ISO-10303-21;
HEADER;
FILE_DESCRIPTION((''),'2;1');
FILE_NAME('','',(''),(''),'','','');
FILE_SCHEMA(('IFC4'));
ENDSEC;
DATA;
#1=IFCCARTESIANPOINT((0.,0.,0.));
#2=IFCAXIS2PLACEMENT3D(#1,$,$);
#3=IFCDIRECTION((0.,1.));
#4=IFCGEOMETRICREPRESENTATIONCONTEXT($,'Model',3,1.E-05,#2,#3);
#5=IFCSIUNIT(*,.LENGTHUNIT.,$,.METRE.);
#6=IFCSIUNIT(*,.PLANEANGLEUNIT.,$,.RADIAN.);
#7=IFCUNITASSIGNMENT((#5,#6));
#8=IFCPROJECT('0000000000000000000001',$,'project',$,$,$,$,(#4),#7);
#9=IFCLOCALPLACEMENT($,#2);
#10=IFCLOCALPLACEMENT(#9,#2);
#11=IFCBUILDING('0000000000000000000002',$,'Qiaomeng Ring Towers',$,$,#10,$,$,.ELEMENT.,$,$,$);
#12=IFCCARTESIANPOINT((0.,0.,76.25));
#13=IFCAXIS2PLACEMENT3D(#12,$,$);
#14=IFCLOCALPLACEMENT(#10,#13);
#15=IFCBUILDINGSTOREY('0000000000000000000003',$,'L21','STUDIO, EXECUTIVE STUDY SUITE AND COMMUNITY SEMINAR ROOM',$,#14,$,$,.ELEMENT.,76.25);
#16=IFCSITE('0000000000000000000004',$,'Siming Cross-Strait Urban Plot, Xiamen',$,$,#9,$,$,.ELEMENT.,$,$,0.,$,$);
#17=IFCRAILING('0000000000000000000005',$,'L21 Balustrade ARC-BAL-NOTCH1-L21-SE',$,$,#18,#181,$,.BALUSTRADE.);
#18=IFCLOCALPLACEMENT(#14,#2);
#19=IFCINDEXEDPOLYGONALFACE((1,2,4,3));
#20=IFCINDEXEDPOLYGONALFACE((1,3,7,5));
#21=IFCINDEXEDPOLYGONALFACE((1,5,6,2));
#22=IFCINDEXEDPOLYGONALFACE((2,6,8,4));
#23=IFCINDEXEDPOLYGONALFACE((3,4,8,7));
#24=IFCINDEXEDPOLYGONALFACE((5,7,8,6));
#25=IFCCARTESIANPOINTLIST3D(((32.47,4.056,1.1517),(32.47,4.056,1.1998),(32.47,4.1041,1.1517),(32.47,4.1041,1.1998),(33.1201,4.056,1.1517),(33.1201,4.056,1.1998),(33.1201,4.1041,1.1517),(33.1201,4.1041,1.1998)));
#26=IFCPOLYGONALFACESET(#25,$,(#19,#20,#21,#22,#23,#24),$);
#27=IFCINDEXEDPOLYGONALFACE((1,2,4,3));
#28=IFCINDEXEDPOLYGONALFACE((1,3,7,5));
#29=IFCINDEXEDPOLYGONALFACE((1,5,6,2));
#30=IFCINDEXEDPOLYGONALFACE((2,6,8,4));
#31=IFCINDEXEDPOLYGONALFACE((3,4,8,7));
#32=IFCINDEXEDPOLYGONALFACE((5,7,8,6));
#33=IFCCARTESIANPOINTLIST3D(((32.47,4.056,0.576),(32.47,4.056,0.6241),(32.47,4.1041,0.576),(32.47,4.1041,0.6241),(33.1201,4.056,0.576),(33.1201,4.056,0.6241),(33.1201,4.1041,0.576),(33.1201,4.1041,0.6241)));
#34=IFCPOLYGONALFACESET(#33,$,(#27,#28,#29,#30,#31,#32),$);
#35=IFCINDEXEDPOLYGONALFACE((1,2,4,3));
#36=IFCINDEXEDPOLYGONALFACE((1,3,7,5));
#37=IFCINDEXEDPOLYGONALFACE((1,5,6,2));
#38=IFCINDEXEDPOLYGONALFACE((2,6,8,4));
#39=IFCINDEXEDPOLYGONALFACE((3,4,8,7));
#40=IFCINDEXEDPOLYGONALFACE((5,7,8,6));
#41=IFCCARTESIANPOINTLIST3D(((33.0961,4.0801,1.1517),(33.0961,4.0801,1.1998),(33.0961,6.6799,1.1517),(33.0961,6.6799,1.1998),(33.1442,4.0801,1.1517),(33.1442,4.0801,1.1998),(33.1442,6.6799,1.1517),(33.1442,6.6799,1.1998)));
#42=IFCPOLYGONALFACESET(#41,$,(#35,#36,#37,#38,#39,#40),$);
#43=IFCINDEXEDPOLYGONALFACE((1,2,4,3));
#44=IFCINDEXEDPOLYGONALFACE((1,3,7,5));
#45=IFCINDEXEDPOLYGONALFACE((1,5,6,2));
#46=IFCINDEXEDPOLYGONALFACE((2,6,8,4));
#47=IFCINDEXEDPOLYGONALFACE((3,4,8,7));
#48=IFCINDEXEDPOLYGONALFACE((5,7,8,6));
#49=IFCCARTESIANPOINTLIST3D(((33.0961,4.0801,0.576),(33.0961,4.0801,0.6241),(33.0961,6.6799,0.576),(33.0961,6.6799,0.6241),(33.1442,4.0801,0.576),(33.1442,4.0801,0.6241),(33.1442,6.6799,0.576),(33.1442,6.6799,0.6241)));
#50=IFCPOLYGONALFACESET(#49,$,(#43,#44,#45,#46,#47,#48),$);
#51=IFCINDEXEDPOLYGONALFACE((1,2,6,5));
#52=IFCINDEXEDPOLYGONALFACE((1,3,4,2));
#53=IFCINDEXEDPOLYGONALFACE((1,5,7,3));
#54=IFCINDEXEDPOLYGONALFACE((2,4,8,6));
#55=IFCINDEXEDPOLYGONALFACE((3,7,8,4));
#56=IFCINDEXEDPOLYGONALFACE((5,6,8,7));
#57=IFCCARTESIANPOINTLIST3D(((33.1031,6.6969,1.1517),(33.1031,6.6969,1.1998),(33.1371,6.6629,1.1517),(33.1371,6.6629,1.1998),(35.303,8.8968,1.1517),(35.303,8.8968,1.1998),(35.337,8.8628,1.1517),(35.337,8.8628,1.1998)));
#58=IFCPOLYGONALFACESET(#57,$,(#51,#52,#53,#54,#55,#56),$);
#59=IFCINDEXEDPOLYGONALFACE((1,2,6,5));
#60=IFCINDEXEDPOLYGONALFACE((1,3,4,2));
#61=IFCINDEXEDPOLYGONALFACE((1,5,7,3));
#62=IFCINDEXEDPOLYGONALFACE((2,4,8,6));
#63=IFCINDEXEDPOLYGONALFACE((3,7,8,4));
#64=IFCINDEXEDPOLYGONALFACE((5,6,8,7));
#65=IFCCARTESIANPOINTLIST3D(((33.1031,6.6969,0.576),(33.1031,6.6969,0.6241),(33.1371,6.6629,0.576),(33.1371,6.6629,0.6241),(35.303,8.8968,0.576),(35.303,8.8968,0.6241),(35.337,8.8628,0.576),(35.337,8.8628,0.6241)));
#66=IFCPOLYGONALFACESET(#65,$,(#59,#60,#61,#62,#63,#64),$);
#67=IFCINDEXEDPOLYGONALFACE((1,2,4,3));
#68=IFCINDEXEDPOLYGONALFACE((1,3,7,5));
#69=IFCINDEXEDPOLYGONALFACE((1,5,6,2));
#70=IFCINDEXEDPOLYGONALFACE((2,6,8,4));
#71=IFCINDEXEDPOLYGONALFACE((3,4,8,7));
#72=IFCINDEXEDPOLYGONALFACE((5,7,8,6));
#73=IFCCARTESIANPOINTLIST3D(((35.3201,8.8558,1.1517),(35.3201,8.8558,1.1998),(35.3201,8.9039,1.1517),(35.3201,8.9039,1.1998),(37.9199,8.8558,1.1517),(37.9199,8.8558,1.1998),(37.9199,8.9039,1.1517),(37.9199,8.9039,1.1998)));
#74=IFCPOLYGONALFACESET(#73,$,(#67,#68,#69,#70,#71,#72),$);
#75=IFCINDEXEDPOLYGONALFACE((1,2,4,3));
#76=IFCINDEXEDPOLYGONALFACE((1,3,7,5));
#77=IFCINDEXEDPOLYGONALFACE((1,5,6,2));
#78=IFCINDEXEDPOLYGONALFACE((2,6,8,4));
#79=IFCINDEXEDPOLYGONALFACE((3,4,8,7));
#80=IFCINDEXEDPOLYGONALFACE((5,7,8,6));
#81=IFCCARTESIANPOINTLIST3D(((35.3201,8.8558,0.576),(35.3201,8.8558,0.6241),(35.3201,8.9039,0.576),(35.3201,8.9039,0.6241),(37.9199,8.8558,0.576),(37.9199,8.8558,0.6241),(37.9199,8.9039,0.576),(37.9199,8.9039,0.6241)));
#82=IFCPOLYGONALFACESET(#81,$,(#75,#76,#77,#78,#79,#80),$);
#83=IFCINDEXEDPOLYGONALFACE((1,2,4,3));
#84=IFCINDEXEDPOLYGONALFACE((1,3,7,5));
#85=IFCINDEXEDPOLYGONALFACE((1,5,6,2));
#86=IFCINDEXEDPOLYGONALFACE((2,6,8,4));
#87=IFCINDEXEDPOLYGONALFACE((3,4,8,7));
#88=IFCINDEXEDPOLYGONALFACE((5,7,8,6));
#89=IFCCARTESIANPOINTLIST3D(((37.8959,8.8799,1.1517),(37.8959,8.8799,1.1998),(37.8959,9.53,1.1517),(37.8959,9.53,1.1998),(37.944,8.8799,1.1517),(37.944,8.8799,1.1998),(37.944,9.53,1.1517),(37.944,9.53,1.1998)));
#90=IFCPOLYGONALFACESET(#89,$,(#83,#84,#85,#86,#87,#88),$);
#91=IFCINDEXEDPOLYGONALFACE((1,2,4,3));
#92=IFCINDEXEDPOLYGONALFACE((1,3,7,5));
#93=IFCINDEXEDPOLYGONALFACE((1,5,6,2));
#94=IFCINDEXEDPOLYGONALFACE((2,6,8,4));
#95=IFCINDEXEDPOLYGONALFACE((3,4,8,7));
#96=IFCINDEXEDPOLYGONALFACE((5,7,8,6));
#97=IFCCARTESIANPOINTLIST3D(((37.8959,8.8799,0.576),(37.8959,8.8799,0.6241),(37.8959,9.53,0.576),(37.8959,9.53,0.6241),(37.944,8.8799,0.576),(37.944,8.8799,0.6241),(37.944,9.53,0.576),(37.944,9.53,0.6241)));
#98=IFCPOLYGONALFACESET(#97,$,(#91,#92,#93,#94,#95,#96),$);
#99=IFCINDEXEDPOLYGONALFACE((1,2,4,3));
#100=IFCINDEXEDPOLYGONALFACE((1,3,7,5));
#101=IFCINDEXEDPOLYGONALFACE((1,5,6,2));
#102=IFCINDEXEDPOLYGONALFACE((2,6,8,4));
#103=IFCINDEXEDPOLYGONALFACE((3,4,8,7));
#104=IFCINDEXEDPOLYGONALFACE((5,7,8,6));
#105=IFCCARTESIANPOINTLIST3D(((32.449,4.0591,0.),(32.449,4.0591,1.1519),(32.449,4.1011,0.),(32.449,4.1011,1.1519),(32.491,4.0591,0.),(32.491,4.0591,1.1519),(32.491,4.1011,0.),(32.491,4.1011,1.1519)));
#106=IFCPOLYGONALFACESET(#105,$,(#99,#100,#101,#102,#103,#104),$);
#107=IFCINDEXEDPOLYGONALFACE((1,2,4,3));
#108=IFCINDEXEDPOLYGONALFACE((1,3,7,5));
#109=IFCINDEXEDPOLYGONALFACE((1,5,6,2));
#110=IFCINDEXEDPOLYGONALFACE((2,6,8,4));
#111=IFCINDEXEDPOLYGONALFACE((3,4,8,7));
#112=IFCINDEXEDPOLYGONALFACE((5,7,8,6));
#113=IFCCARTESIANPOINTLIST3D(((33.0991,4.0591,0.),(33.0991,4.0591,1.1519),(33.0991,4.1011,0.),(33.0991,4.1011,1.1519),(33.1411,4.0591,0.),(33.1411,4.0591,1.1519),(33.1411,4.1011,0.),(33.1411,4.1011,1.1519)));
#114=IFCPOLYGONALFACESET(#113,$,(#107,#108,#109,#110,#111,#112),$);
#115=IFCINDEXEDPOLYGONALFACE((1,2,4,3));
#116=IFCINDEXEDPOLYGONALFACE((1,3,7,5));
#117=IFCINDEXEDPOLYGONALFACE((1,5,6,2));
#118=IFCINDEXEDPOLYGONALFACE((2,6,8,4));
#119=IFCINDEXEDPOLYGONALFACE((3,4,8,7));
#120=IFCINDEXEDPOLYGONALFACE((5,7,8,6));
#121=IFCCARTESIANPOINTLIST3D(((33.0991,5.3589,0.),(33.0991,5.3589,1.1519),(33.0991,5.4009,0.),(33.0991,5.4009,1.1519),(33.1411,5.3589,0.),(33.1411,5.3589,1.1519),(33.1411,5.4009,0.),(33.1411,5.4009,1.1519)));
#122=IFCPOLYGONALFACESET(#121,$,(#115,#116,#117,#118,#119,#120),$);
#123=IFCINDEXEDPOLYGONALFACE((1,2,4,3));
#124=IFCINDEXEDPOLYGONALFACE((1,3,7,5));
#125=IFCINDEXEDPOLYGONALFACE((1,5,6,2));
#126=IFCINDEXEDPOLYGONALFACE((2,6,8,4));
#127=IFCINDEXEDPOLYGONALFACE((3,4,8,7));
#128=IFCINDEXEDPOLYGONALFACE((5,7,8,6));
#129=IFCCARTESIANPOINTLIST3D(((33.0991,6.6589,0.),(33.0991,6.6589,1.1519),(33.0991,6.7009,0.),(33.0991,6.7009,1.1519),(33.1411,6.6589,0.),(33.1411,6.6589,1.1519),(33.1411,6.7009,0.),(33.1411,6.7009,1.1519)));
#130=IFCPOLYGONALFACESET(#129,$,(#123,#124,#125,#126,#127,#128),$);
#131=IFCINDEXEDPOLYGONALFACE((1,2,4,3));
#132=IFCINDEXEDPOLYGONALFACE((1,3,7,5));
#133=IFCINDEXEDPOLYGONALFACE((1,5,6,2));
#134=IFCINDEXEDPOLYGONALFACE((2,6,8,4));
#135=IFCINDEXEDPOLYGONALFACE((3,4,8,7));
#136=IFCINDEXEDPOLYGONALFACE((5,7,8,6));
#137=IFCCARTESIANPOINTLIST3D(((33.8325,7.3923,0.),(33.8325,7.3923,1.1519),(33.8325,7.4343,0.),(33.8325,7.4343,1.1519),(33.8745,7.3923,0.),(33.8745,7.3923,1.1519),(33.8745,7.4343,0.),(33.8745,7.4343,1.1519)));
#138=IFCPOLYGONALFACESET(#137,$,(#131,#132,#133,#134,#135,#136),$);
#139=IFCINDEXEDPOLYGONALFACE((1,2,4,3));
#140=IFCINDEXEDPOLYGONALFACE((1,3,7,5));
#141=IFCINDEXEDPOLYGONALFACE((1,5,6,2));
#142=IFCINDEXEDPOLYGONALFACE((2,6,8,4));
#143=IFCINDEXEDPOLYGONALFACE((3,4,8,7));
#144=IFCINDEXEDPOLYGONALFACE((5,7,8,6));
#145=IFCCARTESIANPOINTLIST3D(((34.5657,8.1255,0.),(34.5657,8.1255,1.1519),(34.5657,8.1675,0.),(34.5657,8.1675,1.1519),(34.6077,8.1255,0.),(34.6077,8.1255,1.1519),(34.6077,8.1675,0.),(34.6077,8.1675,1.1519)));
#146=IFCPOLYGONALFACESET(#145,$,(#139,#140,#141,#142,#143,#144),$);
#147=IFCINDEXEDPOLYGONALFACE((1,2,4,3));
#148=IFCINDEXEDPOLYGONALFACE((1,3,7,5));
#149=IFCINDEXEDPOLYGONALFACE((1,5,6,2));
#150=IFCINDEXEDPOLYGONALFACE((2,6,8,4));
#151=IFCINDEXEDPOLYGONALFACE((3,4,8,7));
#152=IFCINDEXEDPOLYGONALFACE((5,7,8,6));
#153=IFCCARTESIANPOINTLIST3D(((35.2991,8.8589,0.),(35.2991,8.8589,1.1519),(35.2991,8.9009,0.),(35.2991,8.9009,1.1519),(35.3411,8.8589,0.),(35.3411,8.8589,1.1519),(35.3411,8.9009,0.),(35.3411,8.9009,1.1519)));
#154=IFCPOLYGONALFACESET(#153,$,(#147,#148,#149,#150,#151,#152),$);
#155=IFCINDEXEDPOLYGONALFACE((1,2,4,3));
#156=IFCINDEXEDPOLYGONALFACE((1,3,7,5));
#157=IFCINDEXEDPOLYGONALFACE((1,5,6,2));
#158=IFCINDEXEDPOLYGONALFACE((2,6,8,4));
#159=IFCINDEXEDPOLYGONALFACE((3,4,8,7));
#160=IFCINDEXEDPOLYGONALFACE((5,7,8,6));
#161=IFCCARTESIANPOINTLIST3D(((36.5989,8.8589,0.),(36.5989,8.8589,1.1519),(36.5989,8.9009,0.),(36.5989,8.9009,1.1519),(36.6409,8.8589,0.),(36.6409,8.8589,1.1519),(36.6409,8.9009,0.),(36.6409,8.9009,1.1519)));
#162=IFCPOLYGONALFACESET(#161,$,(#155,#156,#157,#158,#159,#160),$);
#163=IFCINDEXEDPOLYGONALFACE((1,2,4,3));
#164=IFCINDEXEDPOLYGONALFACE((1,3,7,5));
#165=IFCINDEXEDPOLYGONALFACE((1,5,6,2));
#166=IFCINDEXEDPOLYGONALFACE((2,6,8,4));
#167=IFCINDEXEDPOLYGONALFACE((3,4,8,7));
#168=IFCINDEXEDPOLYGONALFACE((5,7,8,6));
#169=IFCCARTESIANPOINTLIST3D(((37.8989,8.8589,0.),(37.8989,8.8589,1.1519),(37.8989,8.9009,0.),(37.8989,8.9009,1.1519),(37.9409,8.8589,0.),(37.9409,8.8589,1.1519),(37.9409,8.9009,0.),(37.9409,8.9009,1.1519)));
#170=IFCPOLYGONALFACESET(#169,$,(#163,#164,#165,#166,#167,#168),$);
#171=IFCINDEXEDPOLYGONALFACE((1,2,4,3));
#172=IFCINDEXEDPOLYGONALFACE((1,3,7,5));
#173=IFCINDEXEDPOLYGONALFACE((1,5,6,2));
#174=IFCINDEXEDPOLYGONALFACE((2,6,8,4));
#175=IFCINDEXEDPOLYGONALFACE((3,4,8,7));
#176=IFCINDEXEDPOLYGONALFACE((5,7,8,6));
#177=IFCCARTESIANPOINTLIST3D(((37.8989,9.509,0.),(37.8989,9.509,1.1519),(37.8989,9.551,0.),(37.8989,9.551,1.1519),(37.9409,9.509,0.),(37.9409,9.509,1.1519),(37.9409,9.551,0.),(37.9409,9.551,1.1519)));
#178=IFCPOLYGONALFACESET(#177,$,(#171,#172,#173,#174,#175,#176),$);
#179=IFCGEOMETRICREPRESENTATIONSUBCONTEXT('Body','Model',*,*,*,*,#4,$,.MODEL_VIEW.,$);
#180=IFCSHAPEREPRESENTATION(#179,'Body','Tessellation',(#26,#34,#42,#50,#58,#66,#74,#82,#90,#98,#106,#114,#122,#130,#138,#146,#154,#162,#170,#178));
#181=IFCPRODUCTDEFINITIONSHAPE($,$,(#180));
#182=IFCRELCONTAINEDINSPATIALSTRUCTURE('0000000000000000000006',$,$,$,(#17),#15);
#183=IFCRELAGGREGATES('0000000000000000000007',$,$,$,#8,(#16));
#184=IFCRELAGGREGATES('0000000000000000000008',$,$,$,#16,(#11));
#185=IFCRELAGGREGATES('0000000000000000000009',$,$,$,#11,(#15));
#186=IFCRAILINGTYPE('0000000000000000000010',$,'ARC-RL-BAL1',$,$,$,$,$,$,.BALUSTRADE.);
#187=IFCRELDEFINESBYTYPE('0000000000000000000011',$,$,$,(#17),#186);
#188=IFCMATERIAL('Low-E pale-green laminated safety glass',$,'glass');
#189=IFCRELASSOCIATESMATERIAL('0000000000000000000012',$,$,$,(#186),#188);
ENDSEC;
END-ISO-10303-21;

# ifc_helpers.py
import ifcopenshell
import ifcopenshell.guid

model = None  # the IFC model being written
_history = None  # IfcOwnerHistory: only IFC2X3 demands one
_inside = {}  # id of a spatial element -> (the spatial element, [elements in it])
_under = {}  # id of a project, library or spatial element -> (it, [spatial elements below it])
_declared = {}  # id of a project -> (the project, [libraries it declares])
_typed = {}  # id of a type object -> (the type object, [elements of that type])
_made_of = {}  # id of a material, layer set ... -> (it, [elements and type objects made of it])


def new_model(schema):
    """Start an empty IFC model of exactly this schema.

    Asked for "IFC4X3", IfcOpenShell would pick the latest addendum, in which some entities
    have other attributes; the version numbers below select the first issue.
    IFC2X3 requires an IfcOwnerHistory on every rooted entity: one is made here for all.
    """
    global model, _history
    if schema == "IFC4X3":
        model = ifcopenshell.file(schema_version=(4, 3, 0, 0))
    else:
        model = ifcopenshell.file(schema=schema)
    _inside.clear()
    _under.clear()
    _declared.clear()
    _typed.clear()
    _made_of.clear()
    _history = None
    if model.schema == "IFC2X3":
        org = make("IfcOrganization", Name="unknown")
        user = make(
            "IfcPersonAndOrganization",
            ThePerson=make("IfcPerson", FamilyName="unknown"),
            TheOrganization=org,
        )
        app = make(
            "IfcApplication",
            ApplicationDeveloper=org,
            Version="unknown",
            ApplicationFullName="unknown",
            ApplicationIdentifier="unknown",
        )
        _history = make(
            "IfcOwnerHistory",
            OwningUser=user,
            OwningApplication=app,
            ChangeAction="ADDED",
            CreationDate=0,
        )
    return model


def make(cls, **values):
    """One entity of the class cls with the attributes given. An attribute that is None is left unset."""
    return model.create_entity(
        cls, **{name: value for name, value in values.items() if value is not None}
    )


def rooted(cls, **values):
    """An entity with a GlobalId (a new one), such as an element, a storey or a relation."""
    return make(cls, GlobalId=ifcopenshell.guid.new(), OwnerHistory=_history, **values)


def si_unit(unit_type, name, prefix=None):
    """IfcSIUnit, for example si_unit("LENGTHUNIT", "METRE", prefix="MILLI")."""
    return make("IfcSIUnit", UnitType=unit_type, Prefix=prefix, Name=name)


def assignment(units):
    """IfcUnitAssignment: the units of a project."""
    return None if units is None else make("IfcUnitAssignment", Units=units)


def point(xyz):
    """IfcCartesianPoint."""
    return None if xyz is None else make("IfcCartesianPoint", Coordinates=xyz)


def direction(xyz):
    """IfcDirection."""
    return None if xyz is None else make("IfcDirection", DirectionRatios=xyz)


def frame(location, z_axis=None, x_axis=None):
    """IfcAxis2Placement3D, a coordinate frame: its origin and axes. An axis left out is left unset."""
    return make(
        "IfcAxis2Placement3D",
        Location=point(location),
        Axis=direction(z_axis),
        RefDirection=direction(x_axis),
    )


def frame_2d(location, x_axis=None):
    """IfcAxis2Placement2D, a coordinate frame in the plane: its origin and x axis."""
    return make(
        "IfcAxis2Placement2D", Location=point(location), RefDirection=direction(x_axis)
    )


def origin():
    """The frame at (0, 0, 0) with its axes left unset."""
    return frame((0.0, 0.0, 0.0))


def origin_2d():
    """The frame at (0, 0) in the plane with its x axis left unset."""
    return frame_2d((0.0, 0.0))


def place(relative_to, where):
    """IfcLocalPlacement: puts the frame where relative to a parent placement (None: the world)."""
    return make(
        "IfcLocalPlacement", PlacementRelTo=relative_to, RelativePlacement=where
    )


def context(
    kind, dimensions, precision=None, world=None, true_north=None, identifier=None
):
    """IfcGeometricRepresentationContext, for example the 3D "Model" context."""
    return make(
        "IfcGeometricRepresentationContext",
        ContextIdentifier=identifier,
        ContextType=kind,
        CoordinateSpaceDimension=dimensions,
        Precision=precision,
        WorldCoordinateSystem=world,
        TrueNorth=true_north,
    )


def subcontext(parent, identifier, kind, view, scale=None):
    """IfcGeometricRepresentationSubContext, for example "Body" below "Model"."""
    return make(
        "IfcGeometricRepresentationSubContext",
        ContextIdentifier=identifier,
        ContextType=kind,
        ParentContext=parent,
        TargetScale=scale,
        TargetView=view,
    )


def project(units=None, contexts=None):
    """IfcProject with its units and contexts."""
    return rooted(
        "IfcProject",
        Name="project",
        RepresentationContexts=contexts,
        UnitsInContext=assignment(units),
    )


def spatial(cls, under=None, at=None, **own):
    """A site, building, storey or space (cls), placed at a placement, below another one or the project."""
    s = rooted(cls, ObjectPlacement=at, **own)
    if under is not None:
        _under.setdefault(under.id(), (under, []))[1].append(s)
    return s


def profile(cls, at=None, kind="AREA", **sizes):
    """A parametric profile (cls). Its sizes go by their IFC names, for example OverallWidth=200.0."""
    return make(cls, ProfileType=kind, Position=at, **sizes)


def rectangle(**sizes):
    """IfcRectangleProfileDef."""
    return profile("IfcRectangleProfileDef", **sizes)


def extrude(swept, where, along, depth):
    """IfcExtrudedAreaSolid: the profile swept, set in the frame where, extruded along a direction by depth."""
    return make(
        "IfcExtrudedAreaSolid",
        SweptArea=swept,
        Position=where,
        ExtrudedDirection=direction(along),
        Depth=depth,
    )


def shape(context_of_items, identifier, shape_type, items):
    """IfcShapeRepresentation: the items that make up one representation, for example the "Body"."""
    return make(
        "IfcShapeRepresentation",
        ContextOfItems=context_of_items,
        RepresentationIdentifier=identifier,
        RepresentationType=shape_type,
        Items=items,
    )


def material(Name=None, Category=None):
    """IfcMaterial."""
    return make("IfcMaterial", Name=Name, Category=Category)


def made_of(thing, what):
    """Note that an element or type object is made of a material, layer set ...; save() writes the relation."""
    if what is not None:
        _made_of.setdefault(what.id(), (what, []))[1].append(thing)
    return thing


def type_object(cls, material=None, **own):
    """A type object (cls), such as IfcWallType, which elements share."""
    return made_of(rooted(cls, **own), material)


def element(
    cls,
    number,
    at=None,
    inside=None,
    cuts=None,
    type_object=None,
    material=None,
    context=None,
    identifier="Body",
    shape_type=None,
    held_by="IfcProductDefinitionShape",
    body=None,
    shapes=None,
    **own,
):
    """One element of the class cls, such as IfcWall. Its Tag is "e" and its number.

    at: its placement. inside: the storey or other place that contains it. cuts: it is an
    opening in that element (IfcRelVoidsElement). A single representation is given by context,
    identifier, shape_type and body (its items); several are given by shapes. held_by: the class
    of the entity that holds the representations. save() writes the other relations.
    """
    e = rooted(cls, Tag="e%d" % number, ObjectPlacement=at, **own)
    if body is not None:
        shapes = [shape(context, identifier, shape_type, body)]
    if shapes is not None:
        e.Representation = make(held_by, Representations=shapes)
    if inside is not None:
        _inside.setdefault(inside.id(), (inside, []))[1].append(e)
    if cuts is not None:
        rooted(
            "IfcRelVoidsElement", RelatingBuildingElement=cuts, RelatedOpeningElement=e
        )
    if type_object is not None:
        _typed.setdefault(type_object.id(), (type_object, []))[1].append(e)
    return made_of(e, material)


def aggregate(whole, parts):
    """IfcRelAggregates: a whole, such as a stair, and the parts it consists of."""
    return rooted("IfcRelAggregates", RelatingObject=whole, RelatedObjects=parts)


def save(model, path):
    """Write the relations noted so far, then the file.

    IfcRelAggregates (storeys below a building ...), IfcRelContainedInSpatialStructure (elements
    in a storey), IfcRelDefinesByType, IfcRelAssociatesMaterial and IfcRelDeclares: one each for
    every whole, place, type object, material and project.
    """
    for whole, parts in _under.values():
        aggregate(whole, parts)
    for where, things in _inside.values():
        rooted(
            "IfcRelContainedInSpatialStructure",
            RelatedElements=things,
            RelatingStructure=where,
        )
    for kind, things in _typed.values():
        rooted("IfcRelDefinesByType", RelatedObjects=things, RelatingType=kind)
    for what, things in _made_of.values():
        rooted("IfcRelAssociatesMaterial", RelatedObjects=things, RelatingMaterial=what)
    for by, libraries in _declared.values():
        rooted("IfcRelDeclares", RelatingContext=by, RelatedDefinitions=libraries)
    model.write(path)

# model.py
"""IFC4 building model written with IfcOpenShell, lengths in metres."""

from ifc_helpers import new_model, si_unit, direction, frame, origin, origin_2d, place, context, subcontext, project, spatial, rectangle, extrude, material, type_object, element, save


model = new_model("IFC4")

# Units and contexts
model_context = context("Model", 3, precision=1e-05, world=origin(), true_north=direction((0.0, 1.0)))
body_context = subcontext(model_context, "Body", "Model", "MODEL_VIEW")
ifc_project = project(units=[si_unit("LENGTHUNIT", "METRE"), si_unit("PLANEANGLEUNIT", "RADIAN")], contexts=[model_context])

# Site, building, storey
site_placement = place(None, origin())
site = spatial("IfcSite", under=ifc_project, at=site_placement, Name="Siming Cross-Strait Urban Plot, Xiamen", CompositionType="ELEMENT", RefElevation=0.0)
building_placement = place(site_placement, origin())
building = spatial("IfcBuilding", under=site, at=building_placement, Name="Qiaomeng Ring Towers", CompositionType="ELEMENT")
storey_placement = place(building_placement, frame((0.0, 0.0, 76.25)))
storey = spatial("IfcBuildingStorey", under=building, at=storey_placement, Name="L21", Description="STUDIO, EXECUTIVE STUDY SUITE AND COMMUNITY SEMINAR ROOM", CompositionType="ELEMENT", Elevation=76.25)

# Railing
ifc_material_1 = material(Name="Low-E pale-green laminated safety glass", Category="glass")
railing_type = type_object("IfcRailingType", Name="ARC-RL-BAL1", PredefinedType="BALUSTRADE", material=ifc_material_1)
railing_placement = place(storey_placement, frame((32.47, 4.0801, 0.0)))
element("IfcRailing", 1, at=railing_placement, inside=storey, type_object=railing_type, Name="L21 Balustrade ARC-BAL-NOTCH1-L21-SE", PredefinedType="BALUSTRADE", context=body_context, shape_type="SweptSolid", body=[
    extrude(rectangle(XDim=0.0481, YDim=0.0481, at=origin_2d()), frame((0.0, 0.0, 1.1758), z_axis=(1.0, 0.0, 0.0), x_axis=(0.0, 1.0, 0.0)), (0.0, 0.0, 1.0), 0.6501),
    extrude(rectangle(XDim=0.0481, YDim=0.0481, at=origin_2d()), frame((0.0, 0.0, 0.6001), z_axis=(1.0, 0.0, 0.0), x_axis=(0.0, 1.0, 0.0)), (0.0, 0.0, 1.0), 0.6501),
    extrude(rectangle(XDim=0.0481, YDim=0.0481, at=origin_2d()), frame((0.6501, 0.0, 1.1758), z_axis=(0.0, 1.0, 0.0), x_axis=(-1.0, 0.0, 0.0)), (0.0, 0.0, 1.0), 2.5999),
    extrude(rectangle(XDim=0.0481, YDim=0.0481, at=origin_2d()), frame((0.6501, 0.0, 0.6001), z_axis=(0.0, 1.0, 0.0), x_axis=(-1.0, 0.0, 0.0)), (0.0, 0.0, 1.0), 2.5999),
    extrude(rectangle(XDim=0.0481, YDim=0.0481, at=origin_2d()), frame((0.6501, 2.5999, 1.1758), z_axis=(0.707107, 0.707107, 0.0), x_axis=(-0.707107, 0.707107, 0.0)), (0.0, 0.0, 1.0), 3.1111),
    extrude(rectangle(XDim=0.0481, YDim=0.0481, at=origin_2d()), frame((0.6501, 2.5999, 0.6001), z_axis=(0.707107, 0.707107, 0.0), x_axis=(-0.707107, 0.707107, 0.0)), (0.0, 0.0, 1.0), 3.1111),
    extrude(rectangle(XDim=0.0481, YDim=0.0481, at=origin_2d()), frame((2.8501, 4.7998, 1.1758), z_axis=(1.0, 0.0, 0.0), x_axis=(0.0, 1.0, 0.0)), (0.0, 0.0, 1.0), 2.5999),
    extrude(rectangle(XDim=0.0481, YDim=0.0481, at=origin_2d()), frame((2.8501, 4.7998, 0.6001), z_axis=(1.0, 0.0, 0.0), x_axis=(0.0, 1.0, 0.0)), (0.0, 0.0, 1.0), 2.5999),
    extrude(rectangle(XDim=0.0481, YDim=0.0481, at=origin_2d()), frame((5.45, 4.7998, 1.1758), z_axis=(0.0, 1.0, 0.0), x_axis=(-1.0, 0.0, 0.0)), (0.0, 0.0, 1.0), 0.6501),
    extrude(rectangle(XDim=0.0481, YDim=0.0481, at=origin_2d()), frame((5.45, 4.7998, 0.6001), z_axis=(0.0, 1.0, 0.0), x_axis=(-1.0, 0.0, 0.0)), (0.0, 0.0, 1.0), 0.6501),
    extrude(rectangle(XDim=0.042, YDim=0.042, at=origin_2d()), origin(), (0.0, 0.0, 1.0), 1.1519),
    extrude(rectangle(XDim=0.042, YDim=0.042, at=origin_2d()), frame((0.6501, 0.0, 0.0)), (0.0, 0.0, 1.0), 1.1519),
    extrude(rectangle(XDim=0.042, YDim=0.042, at=origin_2d()), frame((0.6501, 1.2998, 0.0)), (0.0, 0.0, 1.0), 1.1519),
    extrude(rectangle(XDim=0.042, YDim=0.042, at=origin_2d()), frame((0.6501, 2.5999, 0.0)), (0.0, 0.0, 1.0), 1.1519),
    extrude(rectangle(XDim=0.042, YDim=0.042, at=origin_2d()), frame((1.3835, 3.3333, 0.0)), (0.0, 0.0, 1.0), 1.1519),
    extrude(rectangle(XDim=0.042, YDim=0.042, at=origin_2d()), frame((2.1167, 4.0664, 0.0)), (0.0, 0.0, 1.0), 1.1519),
    extrude(rectangle(XDim=0.042, YDim=0.042, at=origin_2d()), frame((2.8501, 4.7998, 0.0)), (0.0, 0.0, 1.0), 1.1519),
    extrude(rectangle(XDim=0.042, YDim=0.042, at=origin_2d()), frame((4.1499, 4.7998, 0.0)), (0.0, 0.0, 1.0), 1.1519),
    extrude(rectangle(XDim=0.042, YDim=0.042, at=origin_2d()), frame((5.45, 4.7998, 0.0)), (0.0, 0.0, 1.0), 1.1519),
    extrude(rectangle(XDim=0.042, YDim=0.042, at=origin_2d()), frame((5.45, 5.45, 0.0)), (0.0, 0.0, 1.0), 1.1519),
])

save(model, "model.ifc")
